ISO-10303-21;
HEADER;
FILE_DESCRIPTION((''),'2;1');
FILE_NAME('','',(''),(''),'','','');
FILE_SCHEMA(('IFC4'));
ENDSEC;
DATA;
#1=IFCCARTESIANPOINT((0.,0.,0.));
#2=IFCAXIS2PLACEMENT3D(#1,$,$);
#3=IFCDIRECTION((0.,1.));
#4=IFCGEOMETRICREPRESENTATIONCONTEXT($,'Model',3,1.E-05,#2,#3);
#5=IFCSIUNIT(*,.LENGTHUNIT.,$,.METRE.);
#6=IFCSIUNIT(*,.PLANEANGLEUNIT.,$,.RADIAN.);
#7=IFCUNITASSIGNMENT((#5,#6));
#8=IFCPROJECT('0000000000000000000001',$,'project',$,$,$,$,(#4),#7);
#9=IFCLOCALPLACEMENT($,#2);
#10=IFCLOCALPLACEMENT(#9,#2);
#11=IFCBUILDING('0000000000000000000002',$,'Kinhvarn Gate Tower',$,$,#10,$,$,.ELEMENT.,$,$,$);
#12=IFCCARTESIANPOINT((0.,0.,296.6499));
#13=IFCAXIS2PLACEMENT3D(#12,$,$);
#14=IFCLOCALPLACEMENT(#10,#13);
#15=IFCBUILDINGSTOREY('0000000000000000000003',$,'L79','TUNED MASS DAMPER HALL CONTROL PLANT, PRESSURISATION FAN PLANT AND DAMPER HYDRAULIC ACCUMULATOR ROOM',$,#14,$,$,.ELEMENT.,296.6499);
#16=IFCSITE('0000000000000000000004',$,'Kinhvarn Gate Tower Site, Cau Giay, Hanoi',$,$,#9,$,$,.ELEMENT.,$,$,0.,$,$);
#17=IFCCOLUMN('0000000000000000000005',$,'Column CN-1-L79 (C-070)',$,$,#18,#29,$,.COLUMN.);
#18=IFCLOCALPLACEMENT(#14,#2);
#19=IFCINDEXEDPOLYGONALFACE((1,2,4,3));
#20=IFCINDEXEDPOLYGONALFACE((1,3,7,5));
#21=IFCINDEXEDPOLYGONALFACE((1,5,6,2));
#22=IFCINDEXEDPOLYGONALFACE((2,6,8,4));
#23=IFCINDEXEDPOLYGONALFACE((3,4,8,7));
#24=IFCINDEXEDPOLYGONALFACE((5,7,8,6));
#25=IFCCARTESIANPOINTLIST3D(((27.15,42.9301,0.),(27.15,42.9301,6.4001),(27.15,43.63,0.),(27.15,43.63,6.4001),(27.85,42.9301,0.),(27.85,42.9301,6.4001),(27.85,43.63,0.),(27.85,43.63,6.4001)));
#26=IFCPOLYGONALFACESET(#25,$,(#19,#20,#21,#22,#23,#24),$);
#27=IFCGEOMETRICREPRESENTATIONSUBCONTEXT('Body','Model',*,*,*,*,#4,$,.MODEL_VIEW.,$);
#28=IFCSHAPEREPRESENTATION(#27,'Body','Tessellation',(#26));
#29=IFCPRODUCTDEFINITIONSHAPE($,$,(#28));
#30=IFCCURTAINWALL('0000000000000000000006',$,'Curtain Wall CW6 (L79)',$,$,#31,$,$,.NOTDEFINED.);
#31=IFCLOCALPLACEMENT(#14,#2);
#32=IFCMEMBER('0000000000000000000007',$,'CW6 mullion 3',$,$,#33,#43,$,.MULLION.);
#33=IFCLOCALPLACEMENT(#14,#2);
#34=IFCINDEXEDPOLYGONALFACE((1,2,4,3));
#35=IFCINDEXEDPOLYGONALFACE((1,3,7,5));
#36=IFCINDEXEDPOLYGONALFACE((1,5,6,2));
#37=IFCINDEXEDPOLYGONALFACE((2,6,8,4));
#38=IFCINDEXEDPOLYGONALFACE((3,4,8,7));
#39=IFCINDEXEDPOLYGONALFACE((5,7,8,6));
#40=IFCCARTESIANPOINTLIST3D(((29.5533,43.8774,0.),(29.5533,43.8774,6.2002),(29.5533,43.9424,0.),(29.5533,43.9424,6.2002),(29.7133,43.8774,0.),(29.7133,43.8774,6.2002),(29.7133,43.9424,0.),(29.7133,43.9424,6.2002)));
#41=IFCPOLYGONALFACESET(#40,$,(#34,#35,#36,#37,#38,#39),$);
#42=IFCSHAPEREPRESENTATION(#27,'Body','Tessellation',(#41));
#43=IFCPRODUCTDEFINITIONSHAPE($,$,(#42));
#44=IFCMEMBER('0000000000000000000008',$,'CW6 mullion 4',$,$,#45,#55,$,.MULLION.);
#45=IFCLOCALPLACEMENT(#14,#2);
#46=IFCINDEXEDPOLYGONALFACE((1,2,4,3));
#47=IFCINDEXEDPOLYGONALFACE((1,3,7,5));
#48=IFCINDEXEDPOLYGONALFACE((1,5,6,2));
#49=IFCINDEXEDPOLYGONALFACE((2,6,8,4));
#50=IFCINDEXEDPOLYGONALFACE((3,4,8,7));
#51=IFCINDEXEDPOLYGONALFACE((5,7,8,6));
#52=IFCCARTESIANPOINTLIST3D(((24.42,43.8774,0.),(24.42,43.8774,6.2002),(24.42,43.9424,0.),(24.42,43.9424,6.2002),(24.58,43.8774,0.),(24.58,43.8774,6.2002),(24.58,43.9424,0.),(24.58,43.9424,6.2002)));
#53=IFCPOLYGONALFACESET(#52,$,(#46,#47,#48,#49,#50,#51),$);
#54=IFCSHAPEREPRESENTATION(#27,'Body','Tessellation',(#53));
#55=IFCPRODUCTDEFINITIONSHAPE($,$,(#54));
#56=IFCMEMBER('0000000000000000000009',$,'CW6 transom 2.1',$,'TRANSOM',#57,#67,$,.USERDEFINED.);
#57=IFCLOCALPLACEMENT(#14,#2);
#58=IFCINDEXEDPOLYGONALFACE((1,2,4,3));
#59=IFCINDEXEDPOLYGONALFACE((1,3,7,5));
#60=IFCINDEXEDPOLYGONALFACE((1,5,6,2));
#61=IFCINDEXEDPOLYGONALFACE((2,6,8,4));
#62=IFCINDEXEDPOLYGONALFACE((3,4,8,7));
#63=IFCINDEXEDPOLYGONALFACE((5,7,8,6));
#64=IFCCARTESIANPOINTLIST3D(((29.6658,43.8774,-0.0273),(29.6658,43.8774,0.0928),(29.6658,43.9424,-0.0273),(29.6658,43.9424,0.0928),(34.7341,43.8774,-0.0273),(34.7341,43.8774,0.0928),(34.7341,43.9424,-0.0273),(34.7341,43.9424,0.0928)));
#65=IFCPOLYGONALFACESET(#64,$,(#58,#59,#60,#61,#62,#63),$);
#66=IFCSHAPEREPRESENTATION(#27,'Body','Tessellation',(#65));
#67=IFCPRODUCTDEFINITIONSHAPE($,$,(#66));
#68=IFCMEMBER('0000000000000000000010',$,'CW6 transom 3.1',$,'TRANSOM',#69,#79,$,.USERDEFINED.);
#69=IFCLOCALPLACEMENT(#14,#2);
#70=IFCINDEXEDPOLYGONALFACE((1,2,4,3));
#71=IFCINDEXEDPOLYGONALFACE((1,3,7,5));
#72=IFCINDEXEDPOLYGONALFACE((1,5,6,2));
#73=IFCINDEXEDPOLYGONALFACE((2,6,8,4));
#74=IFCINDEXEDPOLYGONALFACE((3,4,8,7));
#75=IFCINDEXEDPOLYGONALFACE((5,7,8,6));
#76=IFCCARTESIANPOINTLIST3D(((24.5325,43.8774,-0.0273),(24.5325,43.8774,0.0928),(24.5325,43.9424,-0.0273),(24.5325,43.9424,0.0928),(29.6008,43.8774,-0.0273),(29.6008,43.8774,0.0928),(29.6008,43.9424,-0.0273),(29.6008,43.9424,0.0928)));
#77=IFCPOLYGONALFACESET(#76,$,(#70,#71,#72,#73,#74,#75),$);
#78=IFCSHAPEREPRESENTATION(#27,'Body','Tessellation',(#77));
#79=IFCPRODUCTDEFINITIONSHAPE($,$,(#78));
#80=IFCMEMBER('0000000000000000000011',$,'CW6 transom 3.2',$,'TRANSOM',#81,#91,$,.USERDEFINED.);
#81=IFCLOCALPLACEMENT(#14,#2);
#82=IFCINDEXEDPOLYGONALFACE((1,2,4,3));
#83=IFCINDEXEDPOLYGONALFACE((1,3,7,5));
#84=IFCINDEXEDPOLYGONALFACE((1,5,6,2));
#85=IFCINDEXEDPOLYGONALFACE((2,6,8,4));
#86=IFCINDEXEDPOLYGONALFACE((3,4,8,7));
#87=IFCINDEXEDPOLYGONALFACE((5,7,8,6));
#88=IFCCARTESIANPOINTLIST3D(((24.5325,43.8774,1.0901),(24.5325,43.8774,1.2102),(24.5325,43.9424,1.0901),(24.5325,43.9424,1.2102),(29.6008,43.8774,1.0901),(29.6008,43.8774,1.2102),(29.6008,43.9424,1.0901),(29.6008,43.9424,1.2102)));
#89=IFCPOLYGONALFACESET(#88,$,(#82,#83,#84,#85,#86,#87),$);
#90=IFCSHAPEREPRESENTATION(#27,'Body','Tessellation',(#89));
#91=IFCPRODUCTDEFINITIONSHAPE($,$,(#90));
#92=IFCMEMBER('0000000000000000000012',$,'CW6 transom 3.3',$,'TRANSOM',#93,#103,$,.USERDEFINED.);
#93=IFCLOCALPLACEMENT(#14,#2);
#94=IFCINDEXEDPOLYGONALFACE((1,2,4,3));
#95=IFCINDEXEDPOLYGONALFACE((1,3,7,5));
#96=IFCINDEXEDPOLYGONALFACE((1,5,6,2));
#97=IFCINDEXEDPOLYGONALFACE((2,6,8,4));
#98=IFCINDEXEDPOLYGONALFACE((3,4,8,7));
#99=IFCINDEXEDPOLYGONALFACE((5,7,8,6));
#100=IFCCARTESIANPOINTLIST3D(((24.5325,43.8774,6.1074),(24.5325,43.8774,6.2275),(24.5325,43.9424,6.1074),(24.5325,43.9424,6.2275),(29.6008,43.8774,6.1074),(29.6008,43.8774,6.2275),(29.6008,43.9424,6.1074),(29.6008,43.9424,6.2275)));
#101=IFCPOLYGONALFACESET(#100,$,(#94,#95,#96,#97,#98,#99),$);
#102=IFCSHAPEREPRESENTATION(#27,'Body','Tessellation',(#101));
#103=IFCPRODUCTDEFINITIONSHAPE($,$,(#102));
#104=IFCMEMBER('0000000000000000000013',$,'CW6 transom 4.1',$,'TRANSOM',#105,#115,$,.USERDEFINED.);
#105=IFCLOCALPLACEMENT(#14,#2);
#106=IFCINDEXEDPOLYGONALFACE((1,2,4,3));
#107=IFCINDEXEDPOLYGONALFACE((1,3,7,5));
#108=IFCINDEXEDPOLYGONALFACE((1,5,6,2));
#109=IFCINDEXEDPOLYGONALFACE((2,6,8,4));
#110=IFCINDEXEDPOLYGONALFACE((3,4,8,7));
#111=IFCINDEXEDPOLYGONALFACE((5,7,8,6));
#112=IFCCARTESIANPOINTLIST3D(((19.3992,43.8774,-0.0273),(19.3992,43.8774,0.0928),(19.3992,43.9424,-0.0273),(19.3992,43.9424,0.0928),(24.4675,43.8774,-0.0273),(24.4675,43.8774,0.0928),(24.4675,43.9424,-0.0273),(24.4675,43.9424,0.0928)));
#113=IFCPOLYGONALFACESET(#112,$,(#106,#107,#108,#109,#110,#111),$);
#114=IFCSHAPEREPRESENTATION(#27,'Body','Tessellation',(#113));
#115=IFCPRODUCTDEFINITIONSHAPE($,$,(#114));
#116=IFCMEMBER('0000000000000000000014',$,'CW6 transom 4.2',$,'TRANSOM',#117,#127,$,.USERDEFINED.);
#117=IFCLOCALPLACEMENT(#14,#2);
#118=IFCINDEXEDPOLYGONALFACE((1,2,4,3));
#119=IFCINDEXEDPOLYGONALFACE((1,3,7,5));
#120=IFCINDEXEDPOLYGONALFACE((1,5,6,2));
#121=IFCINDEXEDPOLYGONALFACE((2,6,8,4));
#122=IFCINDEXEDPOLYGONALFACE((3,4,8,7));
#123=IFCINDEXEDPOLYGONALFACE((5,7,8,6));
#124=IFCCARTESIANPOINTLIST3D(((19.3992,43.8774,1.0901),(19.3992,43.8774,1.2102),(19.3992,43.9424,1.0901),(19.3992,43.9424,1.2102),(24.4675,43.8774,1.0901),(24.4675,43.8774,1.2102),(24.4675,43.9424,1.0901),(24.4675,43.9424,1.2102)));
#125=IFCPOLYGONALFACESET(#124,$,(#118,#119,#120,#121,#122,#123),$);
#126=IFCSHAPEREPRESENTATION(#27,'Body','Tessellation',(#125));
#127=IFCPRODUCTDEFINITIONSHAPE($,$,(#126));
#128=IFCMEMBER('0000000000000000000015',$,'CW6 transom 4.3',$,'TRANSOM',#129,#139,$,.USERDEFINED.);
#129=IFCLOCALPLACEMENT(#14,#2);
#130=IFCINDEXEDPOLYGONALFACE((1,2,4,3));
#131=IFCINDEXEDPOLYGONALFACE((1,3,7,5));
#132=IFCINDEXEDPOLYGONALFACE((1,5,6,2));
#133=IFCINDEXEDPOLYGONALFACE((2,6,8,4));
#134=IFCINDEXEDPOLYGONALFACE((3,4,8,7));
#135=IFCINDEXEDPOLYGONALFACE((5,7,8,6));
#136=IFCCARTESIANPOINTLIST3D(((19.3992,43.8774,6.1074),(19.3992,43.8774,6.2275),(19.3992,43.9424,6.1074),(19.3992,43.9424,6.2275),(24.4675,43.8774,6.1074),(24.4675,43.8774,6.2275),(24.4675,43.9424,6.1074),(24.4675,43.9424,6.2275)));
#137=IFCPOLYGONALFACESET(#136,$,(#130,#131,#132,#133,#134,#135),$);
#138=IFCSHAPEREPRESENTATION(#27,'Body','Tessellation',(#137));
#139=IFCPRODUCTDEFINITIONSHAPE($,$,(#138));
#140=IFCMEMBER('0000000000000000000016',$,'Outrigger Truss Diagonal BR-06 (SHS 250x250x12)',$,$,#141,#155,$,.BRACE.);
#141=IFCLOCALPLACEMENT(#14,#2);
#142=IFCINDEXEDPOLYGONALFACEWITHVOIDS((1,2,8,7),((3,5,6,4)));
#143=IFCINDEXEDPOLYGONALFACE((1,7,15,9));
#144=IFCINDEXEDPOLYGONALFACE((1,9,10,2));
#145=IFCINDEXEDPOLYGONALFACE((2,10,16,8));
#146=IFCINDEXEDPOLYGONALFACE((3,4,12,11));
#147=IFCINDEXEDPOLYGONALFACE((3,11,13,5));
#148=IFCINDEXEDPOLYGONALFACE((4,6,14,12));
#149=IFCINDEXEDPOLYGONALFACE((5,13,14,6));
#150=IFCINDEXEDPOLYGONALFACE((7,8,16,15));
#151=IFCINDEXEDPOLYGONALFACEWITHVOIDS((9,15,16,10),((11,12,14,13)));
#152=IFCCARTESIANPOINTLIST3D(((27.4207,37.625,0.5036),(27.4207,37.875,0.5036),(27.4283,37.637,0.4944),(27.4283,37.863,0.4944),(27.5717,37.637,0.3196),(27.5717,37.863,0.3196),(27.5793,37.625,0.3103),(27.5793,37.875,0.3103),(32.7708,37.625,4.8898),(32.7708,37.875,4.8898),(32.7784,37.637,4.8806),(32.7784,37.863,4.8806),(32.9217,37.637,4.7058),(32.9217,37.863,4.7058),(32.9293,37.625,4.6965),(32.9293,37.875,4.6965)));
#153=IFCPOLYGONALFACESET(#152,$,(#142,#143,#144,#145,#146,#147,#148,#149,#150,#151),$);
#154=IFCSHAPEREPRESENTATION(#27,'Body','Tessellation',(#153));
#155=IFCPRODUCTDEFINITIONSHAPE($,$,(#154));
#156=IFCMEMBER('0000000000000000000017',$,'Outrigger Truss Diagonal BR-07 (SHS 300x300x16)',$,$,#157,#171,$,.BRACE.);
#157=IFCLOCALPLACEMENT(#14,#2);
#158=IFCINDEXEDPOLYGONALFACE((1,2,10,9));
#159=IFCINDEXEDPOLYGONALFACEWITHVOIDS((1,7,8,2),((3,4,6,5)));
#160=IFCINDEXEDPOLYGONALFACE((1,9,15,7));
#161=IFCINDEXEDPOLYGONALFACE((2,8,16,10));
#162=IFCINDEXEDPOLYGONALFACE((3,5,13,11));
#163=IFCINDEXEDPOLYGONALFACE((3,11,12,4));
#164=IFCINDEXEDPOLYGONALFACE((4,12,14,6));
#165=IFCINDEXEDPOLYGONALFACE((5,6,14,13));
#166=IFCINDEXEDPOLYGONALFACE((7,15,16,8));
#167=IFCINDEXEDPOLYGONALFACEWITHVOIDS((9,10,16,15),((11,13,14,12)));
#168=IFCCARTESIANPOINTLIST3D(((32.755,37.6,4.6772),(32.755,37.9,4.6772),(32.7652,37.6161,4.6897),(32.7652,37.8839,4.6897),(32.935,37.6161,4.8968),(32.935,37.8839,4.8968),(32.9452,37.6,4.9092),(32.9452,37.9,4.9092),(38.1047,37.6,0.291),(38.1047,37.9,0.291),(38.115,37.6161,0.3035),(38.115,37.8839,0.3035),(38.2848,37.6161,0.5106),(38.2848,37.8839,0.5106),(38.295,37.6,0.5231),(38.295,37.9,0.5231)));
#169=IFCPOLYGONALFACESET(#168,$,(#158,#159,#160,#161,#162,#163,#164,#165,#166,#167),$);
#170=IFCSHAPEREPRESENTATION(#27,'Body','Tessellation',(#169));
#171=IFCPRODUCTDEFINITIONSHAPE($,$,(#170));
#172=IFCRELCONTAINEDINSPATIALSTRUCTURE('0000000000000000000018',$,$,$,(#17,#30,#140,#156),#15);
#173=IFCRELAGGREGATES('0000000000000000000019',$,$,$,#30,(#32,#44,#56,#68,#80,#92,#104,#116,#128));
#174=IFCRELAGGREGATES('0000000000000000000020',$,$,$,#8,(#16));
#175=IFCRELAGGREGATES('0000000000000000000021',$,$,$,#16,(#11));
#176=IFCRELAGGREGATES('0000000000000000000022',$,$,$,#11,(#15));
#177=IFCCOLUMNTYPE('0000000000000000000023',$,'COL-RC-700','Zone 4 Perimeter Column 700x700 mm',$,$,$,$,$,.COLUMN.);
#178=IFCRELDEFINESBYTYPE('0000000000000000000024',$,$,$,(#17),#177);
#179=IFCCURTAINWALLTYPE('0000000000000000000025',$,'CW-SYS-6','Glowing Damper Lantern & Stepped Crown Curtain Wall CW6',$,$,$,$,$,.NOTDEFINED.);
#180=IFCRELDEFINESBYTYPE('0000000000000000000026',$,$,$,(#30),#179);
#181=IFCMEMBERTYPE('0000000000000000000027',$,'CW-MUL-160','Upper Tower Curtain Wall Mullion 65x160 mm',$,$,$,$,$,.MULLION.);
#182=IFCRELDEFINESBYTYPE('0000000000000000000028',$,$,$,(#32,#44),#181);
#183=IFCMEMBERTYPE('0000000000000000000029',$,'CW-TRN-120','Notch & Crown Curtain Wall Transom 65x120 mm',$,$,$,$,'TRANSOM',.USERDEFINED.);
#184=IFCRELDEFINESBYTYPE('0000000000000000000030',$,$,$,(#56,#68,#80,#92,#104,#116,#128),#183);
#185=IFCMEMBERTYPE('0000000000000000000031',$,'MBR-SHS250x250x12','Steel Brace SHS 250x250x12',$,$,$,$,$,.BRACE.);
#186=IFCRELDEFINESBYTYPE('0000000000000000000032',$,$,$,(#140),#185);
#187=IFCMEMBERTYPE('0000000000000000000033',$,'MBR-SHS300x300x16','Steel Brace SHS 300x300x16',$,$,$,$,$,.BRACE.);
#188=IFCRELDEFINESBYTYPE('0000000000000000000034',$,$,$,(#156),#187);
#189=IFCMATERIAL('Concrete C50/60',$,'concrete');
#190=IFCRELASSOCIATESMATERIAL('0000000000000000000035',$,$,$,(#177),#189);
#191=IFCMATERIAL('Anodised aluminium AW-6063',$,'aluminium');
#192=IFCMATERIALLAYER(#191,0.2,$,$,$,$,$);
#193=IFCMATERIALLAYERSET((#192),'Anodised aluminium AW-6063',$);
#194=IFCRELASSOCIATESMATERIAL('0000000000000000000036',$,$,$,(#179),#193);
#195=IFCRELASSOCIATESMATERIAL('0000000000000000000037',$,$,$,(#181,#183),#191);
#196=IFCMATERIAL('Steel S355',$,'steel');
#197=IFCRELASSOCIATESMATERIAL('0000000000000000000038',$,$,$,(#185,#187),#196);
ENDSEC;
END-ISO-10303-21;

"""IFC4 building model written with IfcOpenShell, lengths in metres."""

from ifc_helpers import new_model, si_unit, direction, frame, origin, origin_2d, place, context, subcontext, project, spatial, rectangle, hollow_rectangle, extrude, material, layer, layer_set, material_profile, profile_set, type_object, element, aggregate, save


model = new_model("IFC4")

# Units and contexts
model_context = context("Model", 3, precision=1e-05, world=origin(), true_north=direction((0.0, 1.0)))
body_context = subcontext(model_context, "Body", "Model", "MODEL_VIEW")
ifc_project = project(units=[si_unit("LENGTHUNIT", "METRE"), si_unit("PLANEANGLEUNIT", "RADIAN")], contexts=[model_context])

# Site, building, storey
site_placement = place(None, origin())
site = spatial("IfcSite", under=ifc_project, at=site_placement, Name="Kinhvarn Gate Tower Site, Cau Giay, Hanoi", CompositionType="ELEMENT", RefElevation=0.0)
building_placement = place(site_placement, origin())
building = spatial("IfcBuilding", under=site, at=building_placement, Name="Kinhvarn Gate Tower", CompositionType="ELEMENT")
storey_placement = place(building_placement, frame((0.0, 0.0, 296.6499)))
storey = spatial("IfcBuildingStorey", under=building, at=storey_placement, Name="L79", Description="TUNED MASS DAMPER HALL CONTROL PLANT, PRESSURISATION FAN PLANT AND DAMPER HYDRAULIC ACCUMULATOR ROOM", CompositionType="ELEMENT", Elevation=296.6499)

# Column
ifc_material_1 = material(Name="Concrete C50/60", Category="concrete")
ifc_material_profile_1 = material_profile(ifc_material_1, rectangle(XDim=0.7, YDim=0.7, at=origin_2d()), Name="RC 700x700")
ifc_profile_set_1 = profile_set([ifc_material_profile_1], Name="Concrete C50/60")
column_type = type_object("IfcColumnType", Name="COL-RC-700", Description="Zone 4 Perimeter Column 700x700 mm", PredefinedType="COLUMN", material=ifc_profile_set_1)
column_placement = place(storey_placement, frame((27.5, 43.28, 0.0), z_axis=(0.0, 0.0, 1.0), x_axis=(1.0, 0.0, 0.0)))
element("IfcColumn", 1, at=column_placement, inside=storey, type_object=column_type, Name="Column CN-1-L79 (C-070)", PredefinedType="COLUMN", context=body_context, shape_type="SweptSolid", body=[
    extrude(rectangle(XDim=0.7, YDim=0.7, at=origin_2d()), origin(), (0.0, 0.0, 1.0), 6.4001),
])

# Curtain wall, members
ifc_material_2 = material(Name="Anodised aluminium AW-6063", Category="aluminium")
ifc_layer_1 = layer(ifc_material_2, 0.2)
ifc_layer_set_1 = layer_set([ifc_layer_1], Name="Anodised aluminium AW-6063")
curtain_wall_type = type_object("IfcCurtainWallType", Name="CW-SYS-6", Description="Glowing Damper Lantern & Stepped Crown Curtain Wall CW6", PredefinedType="NOTDEFINED", material=ifc_layer_set_1)
curtain_wall_placement = place(storey_placement, origin())
curtain_wall = element("IfcCurtainWall", 2, at=curtain_wall_placement, inside=storey, type_object=curtain_wall_type, Name="Curtain Wall CW6 (L79)", PredefinedType="NOTDEFINED")
ifc_material_profile_2 = material_profile(ifc_material_2, rectangle(XDim=0.0649, YDim=0.1599, at=origin_2d()), Name="ALU 65x160")
ifc_profile_set_2 = profile_set([ifc_material_profile_2], Name="Anodised aluminium AW-6063")
member_type_1 = type_object("IfcMemberType", Name="CW-MUL-160", Description="Upper Tower Curtain Wall Mullion 65x160 mm", PredefinedType="MULLION", material=ifc_profile_set_2)
member_1_placement = place(storey_placement, frame((29.6333, 43.9099, 0.0), z_axis=(0.0, 0.0, 1.0), x_axis=(0.0, -1.0, 0.0)))
member_1 = element("IfcMember", 3, at=member_1_placement, type_object=member_type_1, Name="CW6 mullion 3", PredefinedType="MULLION", context=body_context, shape_type="SweptSolid", body=[
    extrude(rectangle(XDim=0.0649, YDim=0.1599, at=origin_2d()), origin(), (0.0, 0.0, 1.0), 6.2002),
])
member_2_placement = place(storey_placement, frame((24.5, 43.9099, 0.0), z_axis=(0.0, 0.0, 1.0), x_axis=(0.0, -1.0, 0.0)))
member_2 = element("IfcMember", 4, at=member_2_placement, type_object=member_type_1, Name="CW6 mullion 4", PredefinedType="MULLION", context=body_context, shape_type="SweptSolid", body=[
    extrude(rectangle(XDim=0.0649, YDim=0.1599, at=origin_2d()), origin(), (0.0, 0.0, 1.0), 6.2002),
])
ifc_material_profile_3 = material_profile(ifc_material_2, rectangle(XDim=0.0649, YDim=0.1201, at=origin_2d()), Name="ALU 65x120")
ifc_profile_set_3 = profile_set([ifc_material_profile_3], Name="Anodised aluminium AW-6063")
member_type_2 = type_object("IfcMemberType", Name="CW-TRN-120", Description="Notch & Crown Curtain Wall Transom 65x120 mm", ElementType="TRANSOM", PredefinedType="USERDEFINED", material=ifc_profile_set_3)
member_3_placement = place(storey_placement, frame((34.7341, 43.9099, 0.0327), z_axis=(-1.0, 0.0, 0.0), x_axis=(0.0, -1.0, 0.0)))
member_3 = element("IfcMember", 5, at=member_3_placement, type_object=member_type_2, Name="CW6 transom 2.1", ObjectType="TRANSOM", PredefinedType="USERDEFINED", context=body_context, shape_type="SweptSolid", body=[
    extrude(rectangle(XDim=0.0649, YDim=0.1201, at=origin_2d()), origin(), (0.0, 0.0, 1.0), 5.0684),
])
member_4_placement = place(storey_placement, frame((29.6008, 43.9099, 0.0327), z_axis=(-1.0, 0.0, 0.0), x_axis=(0.0, -1.0, 0.0)))
member_4 = element("IfcMember", 6, at=member_4_placement, type_object=member_type_2, Name="CW6 transom 3.1", ObjectType="TRANSOM", PredefinedType="USERDEFINED", context=body_context, shape_type="SweptSolid", body=[
    extrude(rectangle(XDim=0.0649, YDim=0.1201, at=origin_2d()), origin(), (0.0, 0.0, 1.0), 5.0684),
])
member_5_placement = place(storey_placement, frame((29.6008, 43.9099, 1.1501), z_axis=(-1.0, 0.0, 0.0), x_axis=(0.0, -1.0, 0.0)))
member_5 = element("IfcMember", 7, at=member_5_placement, type_object=member_type_2, Name="CW6 transom 3.2", ObjectType="TRANSOM", PredefinedType="USERDEFINED", context=body_context, shape_type="SweptSolid", body=[
    extrude(rectangle(XDim=0.0649, YDim=0.1201, at=origin_2d()), origin(), (0.0, 0.0, 1.0), 5.0684),
])
member_6_placement = place(storey_placement, frame((29.6008, 43.9099, 6.1675), z_axis=(-1.0, 0.0, 0.0), x_axis=(0.0, -1.0, 0.0)))
member_6 = element("IfcMember", 8, at=member_6_placement, type_object=member_type_2, Name="CW6 transom 3.3", ObjectType="TRANSOM", PredefinedType="USERDEFINED", context=body_context, shape_type="SweptSolid", body=[
    extrude(rectangle(XDim=0.0649, YDim=0.1201, at=origin_2d()), origin(), (0.0, 0.0, 1.0), 5.0684),
])
member_7_placement = place(storey_placement, frame((24.4675, 43.9099, 0.0327), z_axis=(-1.0, 0.0, 0.0), x_axis=(0.0, -1.0, 0.0)))
member_7 = element("IfcMember", 9, at=member_7_placement, type_object=member_type_2, Name="CW6 transom 4.1", ObjectType="TRANSOM", PredefinedType="USERDEFINED", context=body_context, shape_type="SweptSolid", body=[
    extrude(rectangle(XDim=0.0649, YDim=0.1201, at=origin_2d()), origin(), (0.0, 0.0, 1.0), 5.0684),
])
member_8_placement = place(storey_placement, frame((24.4675, 43.9099, 1.1501), z_axis=(-1.0, 0.0, 0.0), x_axis=(0.0, -1.0, 0.0)))
member_8 = element("IfcMember", 10, at=member_8_placement, type_object=member_type_2, Name="CW6 transom 4.2", ObjectType="TRANSOM", PredefinedType="USERDEFINED", context=body_context, shape_type="SweptSolid", body=[
    extrude(rectangle(XDim=0.0649, YDim=0.1201, at=origin_2d()), origin(), (0.0, 0.0, 1.0), 5.0684),
])
member_9_placement = place(storey_placement, frame((24.4675, 43.9099, 6.1675), z_axis=(-1.0, 0.0, 0.0), x_axis=(0.0, -1.0, 0.0)))
member_9 = element("IfcMember", 11, at=member_9_placement, type_object=member_type_2, Name="CW6 transom 4.3", ObjectType="TRANSOM", PredefinedType="USERDEFINED", context=body_context, shape_type="SweptSolid", body=[
    extrude(rectangle(XDim=0.0649, YDim=0.1201, at=origin_2d()), origin(), (0.0, 0.0, 1.0), 5.0684),
])

# Members
ifc_material_3 = material(Name="Steel S355", Category="steel")
ifc_material_profile_4 = material_profile(ifc_material_3, hollow_rectangle(XDim=0.25, YDim=0.25, WallThickness=0.012, at=origin_2d()), Name="SHS 250x250x12")
ifc_profile_set_4 = profile_set([ifc_material_profile_4], Name="Steel S355")
member_type_3 = type_object("IfcMemberType", Name="MBR-SHS250x250x12", Description="Steel Brace SHS 250x250x12", PredefinedType="BRACE", material=ifc_profile_set_4)
member_10_placement = place(storey_placement, frame((27.5, 37.75, 0.407), z_axis=(0.773328, 0.0, 0.634006), x_axis=(0.0, 1.0, 0.0)))
element("IfcMember", 12, at=member_10_placement, inside=storey, type_object=member_type_3, Name="Outrigger Truss Diagonal BR-06 (SHS 250x250x12)", PredefinedType="BRACE", context=body_context, shape_type="SweptSolid", body=[
    extrude(hollow_rectangle(XDim=0.25, YDim=0.25, WallThickness=0.012, at=origin_2d()), origin(), (0.0, 0.0, 1.0), 6.9182),
])
ifc_material_profile_5 = material_profile(ifc_material_3, hollow_rectangle(XDim=0.3, YDim=0.3, WallThickness=0.0161, at=origin_2d()), Name="SHS 300x300x16")
ifc_profile_set_5 = profile_set([ifc_material_profile_5], Name="Steel S355")
member_type_4 = type_object("IfcMemberType", Name="MBR-SHS300x300x16", Description="Steel Brace SHS 300x300x16", PredefinedType="BRACE", material=ifc_profile_set_5)
member_11_placement = place(storey_placement, frame((32.8501, 37.75, 4.7932), z_axis=(0.773314, 0.0, -0.634023), x_axis=(0.0, 1.0, 0.0)))
element("IfcMember", 13, at=member_11_placement, inside=storey, type_object=member_type_4, Name="Outrigger Truss Diagonal BR-07 (SHS 300x300x16)", PredefinedType="BRACE", context=body_context, shape_type="SweptSolid", body=[
    extrude(hollow_rectangle(XDim=0.3, YDim=0.3, WallThickness=0.0161, at=origin_2d()), origin(), (0.0, 0.0, 1.0), 6.918),
])

aggregate(curtain_wall, [member_1, member_2, member_3, member_4, member_5, member_6, member_7, member_8, member_9])

save(model, "model.ifc")
